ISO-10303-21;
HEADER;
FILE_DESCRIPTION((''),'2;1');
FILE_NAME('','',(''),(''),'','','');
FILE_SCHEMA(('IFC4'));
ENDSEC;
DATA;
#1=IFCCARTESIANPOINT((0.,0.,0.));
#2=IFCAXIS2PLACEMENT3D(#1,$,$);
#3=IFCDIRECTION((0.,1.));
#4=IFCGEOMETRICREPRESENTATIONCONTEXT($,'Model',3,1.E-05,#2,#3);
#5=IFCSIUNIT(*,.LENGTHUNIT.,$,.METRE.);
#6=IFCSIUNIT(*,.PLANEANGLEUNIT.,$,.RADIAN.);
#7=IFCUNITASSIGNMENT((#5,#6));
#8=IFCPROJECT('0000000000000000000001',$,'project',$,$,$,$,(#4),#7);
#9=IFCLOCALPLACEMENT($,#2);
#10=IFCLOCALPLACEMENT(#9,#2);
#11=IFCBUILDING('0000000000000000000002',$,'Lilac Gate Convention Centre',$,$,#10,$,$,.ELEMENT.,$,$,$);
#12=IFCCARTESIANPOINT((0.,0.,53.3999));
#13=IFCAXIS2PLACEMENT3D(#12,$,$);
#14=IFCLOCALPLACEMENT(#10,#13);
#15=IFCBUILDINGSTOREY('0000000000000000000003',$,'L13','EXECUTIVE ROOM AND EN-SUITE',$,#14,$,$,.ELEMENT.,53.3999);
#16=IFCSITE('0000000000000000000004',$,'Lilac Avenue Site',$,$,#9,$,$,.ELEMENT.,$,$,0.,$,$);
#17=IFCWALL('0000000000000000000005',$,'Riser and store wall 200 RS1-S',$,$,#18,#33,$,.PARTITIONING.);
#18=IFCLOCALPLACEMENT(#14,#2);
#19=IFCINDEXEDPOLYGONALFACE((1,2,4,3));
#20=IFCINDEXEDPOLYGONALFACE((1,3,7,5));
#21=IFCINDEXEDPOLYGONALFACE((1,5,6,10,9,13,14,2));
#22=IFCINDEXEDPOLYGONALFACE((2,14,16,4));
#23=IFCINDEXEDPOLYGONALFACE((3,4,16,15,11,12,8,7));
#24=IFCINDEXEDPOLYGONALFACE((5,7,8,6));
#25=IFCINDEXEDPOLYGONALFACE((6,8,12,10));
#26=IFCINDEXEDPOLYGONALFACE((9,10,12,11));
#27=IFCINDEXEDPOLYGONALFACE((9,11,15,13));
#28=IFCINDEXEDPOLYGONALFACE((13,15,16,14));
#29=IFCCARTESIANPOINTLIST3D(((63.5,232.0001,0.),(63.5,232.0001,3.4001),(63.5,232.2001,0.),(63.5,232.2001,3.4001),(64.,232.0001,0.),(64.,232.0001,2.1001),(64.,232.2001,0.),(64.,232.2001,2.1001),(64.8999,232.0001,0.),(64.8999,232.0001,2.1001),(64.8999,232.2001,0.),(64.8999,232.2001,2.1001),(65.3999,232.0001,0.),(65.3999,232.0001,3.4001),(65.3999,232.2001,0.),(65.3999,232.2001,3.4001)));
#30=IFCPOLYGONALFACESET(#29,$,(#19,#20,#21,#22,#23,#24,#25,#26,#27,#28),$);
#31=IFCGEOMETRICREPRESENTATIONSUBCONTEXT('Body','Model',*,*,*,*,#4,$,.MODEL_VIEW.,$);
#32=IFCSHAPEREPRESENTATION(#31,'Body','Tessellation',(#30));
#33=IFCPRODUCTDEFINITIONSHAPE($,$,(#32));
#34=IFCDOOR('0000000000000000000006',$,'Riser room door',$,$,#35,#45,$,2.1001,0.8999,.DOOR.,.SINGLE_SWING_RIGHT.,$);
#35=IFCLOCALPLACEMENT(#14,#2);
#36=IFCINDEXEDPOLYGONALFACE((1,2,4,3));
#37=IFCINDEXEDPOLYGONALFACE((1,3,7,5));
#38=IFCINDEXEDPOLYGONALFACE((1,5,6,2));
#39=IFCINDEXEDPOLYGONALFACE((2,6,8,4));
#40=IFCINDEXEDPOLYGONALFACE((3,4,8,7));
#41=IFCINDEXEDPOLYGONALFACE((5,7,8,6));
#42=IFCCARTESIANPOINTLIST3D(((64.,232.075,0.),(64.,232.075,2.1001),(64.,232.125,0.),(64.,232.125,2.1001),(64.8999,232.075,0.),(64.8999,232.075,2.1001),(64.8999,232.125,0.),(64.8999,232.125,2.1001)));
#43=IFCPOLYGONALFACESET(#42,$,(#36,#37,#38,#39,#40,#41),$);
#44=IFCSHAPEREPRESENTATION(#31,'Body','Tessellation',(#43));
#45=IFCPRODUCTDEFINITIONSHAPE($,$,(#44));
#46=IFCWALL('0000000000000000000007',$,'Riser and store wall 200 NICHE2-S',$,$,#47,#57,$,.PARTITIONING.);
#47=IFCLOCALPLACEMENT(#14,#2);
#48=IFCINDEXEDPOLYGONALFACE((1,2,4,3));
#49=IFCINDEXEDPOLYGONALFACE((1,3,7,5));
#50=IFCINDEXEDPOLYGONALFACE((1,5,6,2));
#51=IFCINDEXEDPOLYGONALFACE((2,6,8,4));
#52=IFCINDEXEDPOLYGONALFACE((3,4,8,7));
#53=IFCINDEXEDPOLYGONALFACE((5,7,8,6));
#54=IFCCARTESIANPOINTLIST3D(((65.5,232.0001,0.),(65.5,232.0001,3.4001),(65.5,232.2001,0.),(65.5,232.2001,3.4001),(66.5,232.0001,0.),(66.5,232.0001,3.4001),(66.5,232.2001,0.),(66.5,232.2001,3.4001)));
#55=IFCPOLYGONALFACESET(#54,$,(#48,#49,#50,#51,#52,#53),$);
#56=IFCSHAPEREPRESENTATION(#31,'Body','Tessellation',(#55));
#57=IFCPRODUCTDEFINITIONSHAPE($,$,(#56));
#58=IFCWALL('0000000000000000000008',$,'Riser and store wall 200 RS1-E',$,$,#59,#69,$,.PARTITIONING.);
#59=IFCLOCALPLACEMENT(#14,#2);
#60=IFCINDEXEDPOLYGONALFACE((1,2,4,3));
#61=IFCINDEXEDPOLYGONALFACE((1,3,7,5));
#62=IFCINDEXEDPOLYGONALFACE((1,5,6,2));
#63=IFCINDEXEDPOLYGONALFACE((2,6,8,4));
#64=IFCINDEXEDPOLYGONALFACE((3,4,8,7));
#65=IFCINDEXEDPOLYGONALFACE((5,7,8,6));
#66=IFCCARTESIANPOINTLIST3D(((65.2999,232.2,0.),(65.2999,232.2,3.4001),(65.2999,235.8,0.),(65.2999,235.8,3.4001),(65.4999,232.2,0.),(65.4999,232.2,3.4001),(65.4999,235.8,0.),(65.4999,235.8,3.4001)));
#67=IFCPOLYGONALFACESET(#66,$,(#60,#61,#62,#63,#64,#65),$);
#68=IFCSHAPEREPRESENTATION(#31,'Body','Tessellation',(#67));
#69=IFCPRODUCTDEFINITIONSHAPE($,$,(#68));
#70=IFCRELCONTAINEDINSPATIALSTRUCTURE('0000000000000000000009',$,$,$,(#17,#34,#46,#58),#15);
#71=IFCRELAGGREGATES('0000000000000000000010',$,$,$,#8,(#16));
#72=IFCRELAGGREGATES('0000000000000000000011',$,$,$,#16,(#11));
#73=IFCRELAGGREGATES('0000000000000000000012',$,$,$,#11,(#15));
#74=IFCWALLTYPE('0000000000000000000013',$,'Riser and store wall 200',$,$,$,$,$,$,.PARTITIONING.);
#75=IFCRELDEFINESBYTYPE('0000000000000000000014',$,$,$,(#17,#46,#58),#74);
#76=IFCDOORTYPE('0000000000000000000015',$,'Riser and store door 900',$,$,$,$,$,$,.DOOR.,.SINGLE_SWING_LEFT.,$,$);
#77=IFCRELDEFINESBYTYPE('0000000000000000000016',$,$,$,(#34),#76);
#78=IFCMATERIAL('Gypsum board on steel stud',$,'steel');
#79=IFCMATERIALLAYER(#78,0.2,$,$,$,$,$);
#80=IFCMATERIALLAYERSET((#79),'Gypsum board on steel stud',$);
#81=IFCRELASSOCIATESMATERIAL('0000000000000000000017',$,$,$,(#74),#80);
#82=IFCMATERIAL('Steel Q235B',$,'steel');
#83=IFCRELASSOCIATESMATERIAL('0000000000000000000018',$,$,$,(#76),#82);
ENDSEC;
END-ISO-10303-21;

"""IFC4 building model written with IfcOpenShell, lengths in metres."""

from ifc_helpers import new_model, si_unit, direction, frame, frame_2d, origin, place, context, subcontext, project, spatial, rectangle, extrude, material, layer, layer_set, type_object, element, fill, save


model = new_model("IFC4")

# Units and contexts
model_context = context("Model", 3, precision=1e-05, world=origin(), true_north=direction((0.0, 1.0)))
body_context = subcontext(model_context, "Body", "Model", "MODEL_VIEW")
ifc_project = project(units=[si_unit("LENGTHUNIT", "METRE"), si_unit("PLANEANGLEUNIT", "RADIAN")], contexts=[model_context])

# Site, building, storey
site_placement = place(None, origin())
site = spatial("IfcSite", under=ifc_project, at=site_placement, Name="Lilac Avenue Site", CompositionType="ELEMENT", RefElevation=0.0)
building_placement = place(site_placement, origin())
building = spatial("IfcBuilding", under=site, at=building_placement, Name="Lilac Gate Convention Centre", CompositionType="ELEMENT")
storey_placement = place(building_placement, frame((0.0, 0.0, 53.3999)))
storey = spatial("IfcBuildingStorey", under=building, at=storey_placement, Name="L13", Description="EXECUTIVE ROOM AND EN-SUITE", CompositionType="ELEMENT", Elevation=53.3999)

# Wall, opening, door
ifc_material_1 = material(Name="Gypsum board on steel stud", Category="steel")
ifc_layer_1 = layer(ifc_material_1, 0.2)
ifc_layer_set_1 = layer_set([ifc_layer_1], Name="Gypsum board on steel stud")
wall_type_1 = type_object("IfcWallType", Name="Riser and store wall 200", PredefinedType="PARTITIONING", material=ifc_layer_set_1)
wall_1_placement = place(storey_placement, frame((63.5, 232.1001, 0.0), z_axis=(0.0, 0.0, 1.0), x_axis=(1.0, 0.0, 0.0)))
wall_1 = element("IfcWall", 1, at=wall_1_placement, inside=storey, type_object=wall_type_1, Name="Riser and store wall 200 RS1-S", PredefinedType="PARTITIONING", context=body_context, shape_type="SweptSolid", body=[
    extrude(rectangle(XDim=1.8999, YDim=0.2, at=frame_2d((0.95, 0.0))), origin(), (0.0, 0.0, 1.0), 3.4001),
])
opening_1_placement = place(wall_1_placement, frame((0.5, 0.0, 0.0)))
opening_1 = element("IfcOpeningElement", 2, at=opening_1_placement, cuts=wall_1, PredefinedType="OPENING", context=body_context, shape_type="SweptSolid", body=[
    extrude(rectangle(XDim=0.8999, YDim=2.1001, at=frame_2d((0.45, 1.05))), frame((0.0, 0.1099, 0.0), z_axis=(0.0, -1.0, 0.0), x_axis=(1.0, 0.0, 0.0)), (0.0, 0.0, 1.0), 0.22),
])
ifc_material_2 = material(Name="Steel Q235B", Category="steel")
door_type_1 = type_object("IfcDoorType", Name="Riser and store door 900", OperationType="SINGLE_SWING_LEFT", PredefinedType="DOOR", material=ifc_material_2)
door_1_placement = place(opening_1_placement, origin())
door_1 = element("IfcDoor", 3, at=door_1_placement, inside=storey, type_object=door_type_1, Name="Riser room door", OperationType="SINGLE_SWING_RIGHT", OverallHeight=2.1001, OverallWidth=0.8999, PredefinedType="DOOR", context=body_context, shape_type="SweptSolid", body=[
    extrude(rectangle(XDim=0.8999, YDim=2.1001, at=frame_2d((0.45, 1.05))), frame((0.0, 0.0249, 0.0), z_axis=(0.0, -1.0, 0.0), x_axis=(1.0, 0.0, 0.0)), (0.0, 0.0, 1.0), 0.05),
])
fill(opening_1, door_1)

# Walls
wall_2_placement = place(storey_placement, frame((65.5, 232.1001, 0.0), z_axis=(0.0, 0.0, 1.0), x_axis=(1.0, 0.0, 0.0)))
element("IfcWall", 4, at=wall_2_placement, inside=storey, type_object=wall_type_1, Name="Riser and store wall 200 NICHE2-S", PredefinedType="PARTITIONING", context=body_context, shape_type="SweptSolid", body=[
    extrude(rectangle(XDim=1.0, YDim=0.2, at=frame_2d((0.5, 0.0))), origin(), (0.0, 0.0, 1.0), 3.4001),
])
wall_3_placement = place(storey_placement, frame((65.3999, 232.2, 0.0), z_axis=(0.0, 0.0, 1.0), x_axis=(0.0, 1.0, 0.0)))
element("IfcWall", 5, at=wall_3_placement, inside=storey, type_object=wall_type_1, Name="Riser and store wall 200 RS1-E", PredefinedType="PARTITIONING", context=body_context, shape_type="SweptSolid", body=[
    extrude(rectangle(XDim=3.6001, YDim=0.2, at=frame_2d((1.8, 0.0))), origin(), (0.0, 0.0, 1.0), 3.4001),
])

save(model, "model.ifc")
